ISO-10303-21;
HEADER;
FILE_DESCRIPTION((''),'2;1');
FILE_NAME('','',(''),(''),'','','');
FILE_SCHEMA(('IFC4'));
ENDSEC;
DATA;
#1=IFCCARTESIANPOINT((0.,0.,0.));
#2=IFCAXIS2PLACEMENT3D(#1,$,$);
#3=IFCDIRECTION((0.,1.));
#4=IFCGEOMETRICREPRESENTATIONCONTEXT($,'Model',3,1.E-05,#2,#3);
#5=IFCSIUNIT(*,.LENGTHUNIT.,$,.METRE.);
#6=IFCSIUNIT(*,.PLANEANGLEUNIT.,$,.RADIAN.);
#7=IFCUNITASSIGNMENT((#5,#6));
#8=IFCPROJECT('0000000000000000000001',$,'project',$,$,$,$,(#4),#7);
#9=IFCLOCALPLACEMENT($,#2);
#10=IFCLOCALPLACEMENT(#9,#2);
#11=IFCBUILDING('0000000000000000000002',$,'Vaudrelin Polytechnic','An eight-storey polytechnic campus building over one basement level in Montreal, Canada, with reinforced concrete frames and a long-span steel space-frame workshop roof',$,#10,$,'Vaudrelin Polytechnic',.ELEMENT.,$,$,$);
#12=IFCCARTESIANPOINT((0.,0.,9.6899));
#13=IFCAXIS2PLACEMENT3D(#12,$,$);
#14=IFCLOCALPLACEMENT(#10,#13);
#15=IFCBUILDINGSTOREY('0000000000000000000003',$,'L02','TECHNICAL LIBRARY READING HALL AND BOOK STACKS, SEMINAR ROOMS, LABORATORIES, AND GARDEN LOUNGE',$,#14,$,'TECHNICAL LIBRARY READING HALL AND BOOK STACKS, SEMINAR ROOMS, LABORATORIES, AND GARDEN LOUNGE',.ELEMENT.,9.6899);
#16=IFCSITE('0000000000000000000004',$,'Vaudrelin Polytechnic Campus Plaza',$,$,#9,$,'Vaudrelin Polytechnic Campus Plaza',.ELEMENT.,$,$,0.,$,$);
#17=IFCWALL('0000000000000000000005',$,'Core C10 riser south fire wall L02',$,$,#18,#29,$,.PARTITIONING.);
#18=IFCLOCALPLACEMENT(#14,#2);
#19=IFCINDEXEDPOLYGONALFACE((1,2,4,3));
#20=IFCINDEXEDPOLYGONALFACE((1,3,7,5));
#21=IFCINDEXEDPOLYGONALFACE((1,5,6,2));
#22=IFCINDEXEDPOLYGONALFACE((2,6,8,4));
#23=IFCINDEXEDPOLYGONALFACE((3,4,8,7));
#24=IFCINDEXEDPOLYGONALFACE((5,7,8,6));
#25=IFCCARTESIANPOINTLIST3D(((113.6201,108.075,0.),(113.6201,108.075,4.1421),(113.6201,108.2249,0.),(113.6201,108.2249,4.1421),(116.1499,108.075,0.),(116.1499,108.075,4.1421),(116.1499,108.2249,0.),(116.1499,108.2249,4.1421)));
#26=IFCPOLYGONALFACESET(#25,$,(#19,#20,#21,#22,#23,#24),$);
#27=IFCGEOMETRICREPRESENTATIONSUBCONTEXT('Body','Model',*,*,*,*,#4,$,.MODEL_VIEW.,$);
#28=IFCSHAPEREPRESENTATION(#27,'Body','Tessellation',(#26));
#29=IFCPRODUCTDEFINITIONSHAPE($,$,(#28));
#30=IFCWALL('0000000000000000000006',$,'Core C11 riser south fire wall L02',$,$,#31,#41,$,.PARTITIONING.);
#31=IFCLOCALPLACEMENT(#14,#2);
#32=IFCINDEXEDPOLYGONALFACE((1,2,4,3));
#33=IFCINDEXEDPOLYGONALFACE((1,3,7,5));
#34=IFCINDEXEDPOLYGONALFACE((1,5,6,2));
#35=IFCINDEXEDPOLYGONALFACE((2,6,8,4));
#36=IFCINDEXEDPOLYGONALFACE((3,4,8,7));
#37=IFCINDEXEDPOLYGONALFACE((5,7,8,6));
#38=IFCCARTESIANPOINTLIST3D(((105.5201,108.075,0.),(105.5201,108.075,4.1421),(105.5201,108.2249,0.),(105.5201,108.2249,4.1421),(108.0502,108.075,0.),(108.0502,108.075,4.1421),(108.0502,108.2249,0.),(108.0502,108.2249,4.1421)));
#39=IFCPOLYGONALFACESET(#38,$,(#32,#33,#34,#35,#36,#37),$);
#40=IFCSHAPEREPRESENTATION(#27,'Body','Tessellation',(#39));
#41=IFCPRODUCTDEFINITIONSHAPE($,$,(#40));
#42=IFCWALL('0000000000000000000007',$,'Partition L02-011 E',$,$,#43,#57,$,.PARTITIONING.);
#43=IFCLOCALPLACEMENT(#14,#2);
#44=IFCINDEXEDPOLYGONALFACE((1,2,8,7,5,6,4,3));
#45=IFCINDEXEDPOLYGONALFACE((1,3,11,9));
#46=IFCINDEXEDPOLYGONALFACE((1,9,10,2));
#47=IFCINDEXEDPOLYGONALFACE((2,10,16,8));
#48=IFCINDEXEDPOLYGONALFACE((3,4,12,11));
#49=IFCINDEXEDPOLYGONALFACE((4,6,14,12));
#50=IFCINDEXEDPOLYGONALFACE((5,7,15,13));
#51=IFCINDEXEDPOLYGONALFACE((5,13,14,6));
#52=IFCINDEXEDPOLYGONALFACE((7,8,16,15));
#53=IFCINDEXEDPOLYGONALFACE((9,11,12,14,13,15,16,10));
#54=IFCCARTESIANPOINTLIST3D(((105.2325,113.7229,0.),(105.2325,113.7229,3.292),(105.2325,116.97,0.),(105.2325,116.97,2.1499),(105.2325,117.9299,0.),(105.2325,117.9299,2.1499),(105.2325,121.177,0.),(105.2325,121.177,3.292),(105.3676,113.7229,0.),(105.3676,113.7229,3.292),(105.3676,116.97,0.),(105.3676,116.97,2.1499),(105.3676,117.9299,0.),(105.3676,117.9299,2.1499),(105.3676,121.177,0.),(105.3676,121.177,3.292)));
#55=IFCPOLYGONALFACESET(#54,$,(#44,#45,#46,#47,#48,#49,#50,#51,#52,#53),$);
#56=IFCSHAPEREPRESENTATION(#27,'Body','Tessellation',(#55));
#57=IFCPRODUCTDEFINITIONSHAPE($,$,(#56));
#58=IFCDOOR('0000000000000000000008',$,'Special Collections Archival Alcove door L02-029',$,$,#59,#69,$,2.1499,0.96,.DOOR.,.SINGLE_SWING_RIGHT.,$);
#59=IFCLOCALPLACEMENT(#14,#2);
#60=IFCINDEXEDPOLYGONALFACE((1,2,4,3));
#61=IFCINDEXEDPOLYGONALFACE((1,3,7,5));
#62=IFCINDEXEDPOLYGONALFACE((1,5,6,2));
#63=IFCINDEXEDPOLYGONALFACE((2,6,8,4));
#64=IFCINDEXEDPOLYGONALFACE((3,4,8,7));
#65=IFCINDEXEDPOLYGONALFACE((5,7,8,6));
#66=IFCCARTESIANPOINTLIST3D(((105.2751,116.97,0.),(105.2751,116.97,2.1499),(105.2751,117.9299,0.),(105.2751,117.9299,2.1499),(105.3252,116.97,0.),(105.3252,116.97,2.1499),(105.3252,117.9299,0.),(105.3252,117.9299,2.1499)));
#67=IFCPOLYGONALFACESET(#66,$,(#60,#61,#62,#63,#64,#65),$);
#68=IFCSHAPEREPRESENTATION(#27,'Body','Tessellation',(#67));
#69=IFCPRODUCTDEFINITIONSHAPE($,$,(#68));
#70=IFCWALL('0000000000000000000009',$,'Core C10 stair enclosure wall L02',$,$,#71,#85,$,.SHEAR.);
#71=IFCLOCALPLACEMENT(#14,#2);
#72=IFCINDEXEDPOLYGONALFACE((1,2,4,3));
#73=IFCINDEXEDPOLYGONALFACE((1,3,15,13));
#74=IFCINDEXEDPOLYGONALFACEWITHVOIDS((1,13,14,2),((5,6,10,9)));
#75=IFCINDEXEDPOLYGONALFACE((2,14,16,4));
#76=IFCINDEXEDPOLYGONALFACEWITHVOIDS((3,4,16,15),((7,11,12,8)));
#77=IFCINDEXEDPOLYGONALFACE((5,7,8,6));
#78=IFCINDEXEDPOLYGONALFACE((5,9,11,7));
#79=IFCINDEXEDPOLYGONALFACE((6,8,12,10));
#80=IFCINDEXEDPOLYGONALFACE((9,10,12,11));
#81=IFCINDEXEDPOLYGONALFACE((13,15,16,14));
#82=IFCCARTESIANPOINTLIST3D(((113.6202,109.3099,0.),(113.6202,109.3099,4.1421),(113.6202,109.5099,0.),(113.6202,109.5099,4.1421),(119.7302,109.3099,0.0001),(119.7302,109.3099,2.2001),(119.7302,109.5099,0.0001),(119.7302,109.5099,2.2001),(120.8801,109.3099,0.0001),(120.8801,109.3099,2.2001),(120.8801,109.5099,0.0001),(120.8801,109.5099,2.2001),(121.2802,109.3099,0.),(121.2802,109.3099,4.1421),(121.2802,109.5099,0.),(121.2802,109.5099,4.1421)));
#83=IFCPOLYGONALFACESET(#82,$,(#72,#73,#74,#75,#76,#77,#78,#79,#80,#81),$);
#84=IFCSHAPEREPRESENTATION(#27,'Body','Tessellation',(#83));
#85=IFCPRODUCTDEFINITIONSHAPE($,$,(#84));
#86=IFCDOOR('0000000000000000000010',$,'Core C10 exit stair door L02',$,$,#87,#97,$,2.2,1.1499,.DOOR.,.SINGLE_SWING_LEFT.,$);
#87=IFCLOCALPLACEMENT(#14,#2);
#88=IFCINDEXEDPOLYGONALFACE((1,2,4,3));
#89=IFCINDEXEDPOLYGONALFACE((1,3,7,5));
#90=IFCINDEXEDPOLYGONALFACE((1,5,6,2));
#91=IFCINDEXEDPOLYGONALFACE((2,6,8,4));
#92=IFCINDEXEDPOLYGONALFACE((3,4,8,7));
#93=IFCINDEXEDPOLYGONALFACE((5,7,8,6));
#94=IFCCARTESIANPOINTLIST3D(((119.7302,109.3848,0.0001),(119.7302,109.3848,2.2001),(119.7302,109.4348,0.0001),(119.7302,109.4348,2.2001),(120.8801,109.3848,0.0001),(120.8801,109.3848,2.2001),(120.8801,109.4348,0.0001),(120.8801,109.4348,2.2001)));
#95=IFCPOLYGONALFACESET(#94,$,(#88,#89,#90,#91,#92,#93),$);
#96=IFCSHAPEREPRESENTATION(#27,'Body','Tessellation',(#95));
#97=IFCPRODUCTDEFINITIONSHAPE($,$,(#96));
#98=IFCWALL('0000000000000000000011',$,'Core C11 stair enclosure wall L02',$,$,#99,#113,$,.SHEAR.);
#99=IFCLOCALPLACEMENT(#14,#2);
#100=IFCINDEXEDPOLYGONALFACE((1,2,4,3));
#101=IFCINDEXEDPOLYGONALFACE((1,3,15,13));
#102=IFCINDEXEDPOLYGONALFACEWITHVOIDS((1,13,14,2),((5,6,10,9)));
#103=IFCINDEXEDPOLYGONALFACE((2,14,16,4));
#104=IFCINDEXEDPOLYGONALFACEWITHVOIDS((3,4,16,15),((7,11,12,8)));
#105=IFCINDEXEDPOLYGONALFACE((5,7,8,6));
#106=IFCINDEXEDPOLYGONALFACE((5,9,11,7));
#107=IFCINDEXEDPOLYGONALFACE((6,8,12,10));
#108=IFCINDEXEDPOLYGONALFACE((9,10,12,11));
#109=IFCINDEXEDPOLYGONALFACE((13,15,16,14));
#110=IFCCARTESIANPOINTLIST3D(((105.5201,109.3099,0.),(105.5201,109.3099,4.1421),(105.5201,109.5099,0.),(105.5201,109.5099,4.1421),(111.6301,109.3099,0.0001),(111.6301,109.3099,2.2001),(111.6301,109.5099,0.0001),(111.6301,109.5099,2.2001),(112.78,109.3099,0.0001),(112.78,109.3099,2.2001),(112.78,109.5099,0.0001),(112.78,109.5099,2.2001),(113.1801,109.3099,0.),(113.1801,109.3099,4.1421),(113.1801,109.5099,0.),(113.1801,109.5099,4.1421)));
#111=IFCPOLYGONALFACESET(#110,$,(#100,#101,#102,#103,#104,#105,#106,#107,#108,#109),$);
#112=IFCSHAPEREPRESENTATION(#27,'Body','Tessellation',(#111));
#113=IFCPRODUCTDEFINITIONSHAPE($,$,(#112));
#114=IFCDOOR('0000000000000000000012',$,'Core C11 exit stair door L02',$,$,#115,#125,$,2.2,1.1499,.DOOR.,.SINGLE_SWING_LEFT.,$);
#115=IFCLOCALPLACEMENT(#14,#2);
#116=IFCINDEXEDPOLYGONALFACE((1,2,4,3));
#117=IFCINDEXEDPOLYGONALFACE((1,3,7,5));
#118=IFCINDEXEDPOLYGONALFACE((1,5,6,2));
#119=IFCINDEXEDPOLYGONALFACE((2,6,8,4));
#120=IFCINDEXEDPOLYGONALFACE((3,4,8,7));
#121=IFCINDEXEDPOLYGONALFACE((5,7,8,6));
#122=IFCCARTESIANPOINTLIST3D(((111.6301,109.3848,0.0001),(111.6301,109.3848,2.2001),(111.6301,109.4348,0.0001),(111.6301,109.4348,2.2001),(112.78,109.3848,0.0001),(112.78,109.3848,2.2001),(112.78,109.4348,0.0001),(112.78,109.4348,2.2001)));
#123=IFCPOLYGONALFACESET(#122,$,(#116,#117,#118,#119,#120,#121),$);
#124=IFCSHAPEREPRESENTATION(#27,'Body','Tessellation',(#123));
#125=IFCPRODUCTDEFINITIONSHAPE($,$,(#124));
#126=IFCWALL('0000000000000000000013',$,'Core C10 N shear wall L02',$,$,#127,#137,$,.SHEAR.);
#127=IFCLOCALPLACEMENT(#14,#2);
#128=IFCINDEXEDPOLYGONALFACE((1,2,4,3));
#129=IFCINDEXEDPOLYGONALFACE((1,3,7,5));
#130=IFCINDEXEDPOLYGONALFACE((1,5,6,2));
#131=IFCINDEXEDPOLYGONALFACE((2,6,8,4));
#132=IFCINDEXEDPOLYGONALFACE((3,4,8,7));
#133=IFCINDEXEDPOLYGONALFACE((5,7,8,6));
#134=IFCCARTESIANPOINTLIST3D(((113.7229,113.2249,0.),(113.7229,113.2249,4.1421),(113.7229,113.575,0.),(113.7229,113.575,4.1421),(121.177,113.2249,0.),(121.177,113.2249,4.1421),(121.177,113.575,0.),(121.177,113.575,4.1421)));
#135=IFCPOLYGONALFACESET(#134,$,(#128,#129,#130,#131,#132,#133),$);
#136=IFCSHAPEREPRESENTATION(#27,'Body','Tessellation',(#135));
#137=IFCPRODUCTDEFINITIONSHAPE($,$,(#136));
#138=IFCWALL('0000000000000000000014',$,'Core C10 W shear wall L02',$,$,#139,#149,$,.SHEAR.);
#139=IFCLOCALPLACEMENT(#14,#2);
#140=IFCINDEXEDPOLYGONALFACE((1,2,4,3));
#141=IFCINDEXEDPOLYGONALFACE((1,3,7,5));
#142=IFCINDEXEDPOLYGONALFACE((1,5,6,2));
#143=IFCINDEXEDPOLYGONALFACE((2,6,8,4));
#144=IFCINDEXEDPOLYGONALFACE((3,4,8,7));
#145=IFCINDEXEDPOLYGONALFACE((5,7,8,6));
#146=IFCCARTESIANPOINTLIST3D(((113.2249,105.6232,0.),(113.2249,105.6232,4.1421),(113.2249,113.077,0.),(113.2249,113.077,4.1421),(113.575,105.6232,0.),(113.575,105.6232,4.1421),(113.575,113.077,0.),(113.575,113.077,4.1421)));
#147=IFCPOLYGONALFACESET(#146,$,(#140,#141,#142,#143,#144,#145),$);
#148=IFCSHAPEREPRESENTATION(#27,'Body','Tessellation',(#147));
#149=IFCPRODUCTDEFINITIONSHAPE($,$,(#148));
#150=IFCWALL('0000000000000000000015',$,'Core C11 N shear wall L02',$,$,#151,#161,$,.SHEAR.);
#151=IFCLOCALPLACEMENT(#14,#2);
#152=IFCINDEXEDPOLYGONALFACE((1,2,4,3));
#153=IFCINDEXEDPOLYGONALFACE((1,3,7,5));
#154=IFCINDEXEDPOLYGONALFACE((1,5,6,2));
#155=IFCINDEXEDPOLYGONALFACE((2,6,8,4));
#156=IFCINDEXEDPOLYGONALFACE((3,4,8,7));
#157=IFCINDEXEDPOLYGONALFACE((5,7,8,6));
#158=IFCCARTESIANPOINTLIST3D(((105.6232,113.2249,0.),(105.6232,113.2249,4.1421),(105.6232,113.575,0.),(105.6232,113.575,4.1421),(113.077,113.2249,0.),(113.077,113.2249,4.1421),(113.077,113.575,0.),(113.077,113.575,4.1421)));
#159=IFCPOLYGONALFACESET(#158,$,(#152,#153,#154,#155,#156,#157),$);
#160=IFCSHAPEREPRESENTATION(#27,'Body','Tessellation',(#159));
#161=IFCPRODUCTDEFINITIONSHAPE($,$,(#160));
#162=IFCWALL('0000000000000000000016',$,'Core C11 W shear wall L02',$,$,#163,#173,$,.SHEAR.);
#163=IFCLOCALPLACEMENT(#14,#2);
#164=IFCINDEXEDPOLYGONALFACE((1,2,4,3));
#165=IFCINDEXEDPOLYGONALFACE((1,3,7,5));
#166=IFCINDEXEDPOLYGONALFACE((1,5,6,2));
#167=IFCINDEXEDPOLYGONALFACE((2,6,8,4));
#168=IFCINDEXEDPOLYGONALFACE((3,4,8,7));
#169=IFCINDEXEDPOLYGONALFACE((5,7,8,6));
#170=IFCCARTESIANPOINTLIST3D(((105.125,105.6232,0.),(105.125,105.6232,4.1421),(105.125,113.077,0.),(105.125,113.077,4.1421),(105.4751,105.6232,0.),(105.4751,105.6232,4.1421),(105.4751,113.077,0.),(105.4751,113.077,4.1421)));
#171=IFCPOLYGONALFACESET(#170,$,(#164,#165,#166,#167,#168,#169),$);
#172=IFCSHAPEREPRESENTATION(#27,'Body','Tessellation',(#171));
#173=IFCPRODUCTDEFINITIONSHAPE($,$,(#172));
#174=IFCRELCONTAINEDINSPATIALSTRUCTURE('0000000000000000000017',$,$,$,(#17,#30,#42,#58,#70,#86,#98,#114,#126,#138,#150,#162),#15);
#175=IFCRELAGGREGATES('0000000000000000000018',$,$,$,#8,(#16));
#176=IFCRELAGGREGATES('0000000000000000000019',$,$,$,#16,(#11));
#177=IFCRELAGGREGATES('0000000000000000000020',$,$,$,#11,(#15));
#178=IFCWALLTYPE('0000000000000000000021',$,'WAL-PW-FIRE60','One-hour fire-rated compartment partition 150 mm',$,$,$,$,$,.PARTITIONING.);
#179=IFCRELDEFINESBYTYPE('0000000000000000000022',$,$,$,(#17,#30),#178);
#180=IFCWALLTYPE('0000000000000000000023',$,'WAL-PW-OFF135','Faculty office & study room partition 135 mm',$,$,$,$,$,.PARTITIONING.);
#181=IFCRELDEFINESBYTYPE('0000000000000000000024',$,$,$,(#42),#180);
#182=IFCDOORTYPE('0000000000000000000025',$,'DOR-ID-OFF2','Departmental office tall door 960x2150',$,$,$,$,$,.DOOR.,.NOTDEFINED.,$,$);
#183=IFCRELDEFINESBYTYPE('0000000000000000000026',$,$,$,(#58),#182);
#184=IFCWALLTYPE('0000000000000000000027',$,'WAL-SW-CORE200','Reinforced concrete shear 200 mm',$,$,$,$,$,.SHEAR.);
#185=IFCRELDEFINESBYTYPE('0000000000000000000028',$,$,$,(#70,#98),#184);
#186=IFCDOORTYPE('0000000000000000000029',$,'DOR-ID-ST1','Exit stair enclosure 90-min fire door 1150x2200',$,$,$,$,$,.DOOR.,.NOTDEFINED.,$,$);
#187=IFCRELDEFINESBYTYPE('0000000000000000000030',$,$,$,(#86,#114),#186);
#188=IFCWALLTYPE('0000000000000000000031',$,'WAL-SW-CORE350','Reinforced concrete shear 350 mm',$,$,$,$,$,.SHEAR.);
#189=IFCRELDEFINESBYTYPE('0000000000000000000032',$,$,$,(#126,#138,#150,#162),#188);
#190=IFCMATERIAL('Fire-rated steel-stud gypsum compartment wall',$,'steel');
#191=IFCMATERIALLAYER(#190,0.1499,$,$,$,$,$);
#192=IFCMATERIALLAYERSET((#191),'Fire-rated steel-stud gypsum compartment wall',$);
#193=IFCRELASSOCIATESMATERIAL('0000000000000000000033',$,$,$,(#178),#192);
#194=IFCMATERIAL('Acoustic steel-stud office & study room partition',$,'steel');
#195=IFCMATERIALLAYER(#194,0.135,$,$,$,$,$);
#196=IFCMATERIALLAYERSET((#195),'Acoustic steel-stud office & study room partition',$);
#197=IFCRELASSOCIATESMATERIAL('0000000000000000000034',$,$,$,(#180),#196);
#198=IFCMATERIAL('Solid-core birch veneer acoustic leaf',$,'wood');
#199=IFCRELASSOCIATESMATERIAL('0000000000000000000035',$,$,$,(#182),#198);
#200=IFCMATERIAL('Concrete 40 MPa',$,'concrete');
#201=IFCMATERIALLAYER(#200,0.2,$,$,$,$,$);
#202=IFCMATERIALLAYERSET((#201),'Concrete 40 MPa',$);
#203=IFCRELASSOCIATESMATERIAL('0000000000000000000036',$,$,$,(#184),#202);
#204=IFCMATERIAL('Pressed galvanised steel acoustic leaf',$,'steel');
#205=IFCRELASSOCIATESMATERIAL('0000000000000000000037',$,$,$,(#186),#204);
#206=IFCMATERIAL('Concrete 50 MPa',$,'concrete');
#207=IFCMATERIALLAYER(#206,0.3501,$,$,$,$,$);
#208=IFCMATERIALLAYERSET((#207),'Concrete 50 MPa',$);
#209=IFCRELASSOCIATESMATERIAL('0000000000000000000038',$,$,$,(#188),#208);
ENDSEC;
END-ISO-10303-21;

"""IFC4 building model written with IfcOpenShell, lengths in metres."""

from ifc_helpers import new_model, si_unit, direction, frame, frame_2d, origin, place, context, subcontext, project, spatial, rectangle, extrude, material, layer, layer_set, type_object, element, fill, save


model = new_model("IFC4")

# Units and contexts
model_context = context("Model", 3, precision=1e-05, world=origin(), true_north=direction((0.0, 1.0)))
body_context = subcontext(model_context, "Body", "Model", "MODEL_VIEW")
ifc_project = project(units=[si_unit("LENGTHUNIT", "METRE"), si_unit("PLANEANGLEUNIT", "RADIAN")], contexts=[model_context])

# Site, building, storey
site_placement = place(None, origin())
site = spatial("IfcSite", under=ifc_project, at=site_placement, Name="Vaudrelin Polytechnic Campus Plaza", LongName="Vaudrelin Polytechnic Campus Plaza", CompositionType="ELEMENT", RefElevation=0.0)
building_placement = place(site_placement, origin())
building = spatial("IfcBuilding", under=site, at=building_placement, Name="Vaudrelin Polytechnic", Description="An eight-storey polytechnic campus building over one basement level in Montreal, Canada, with reinforced concrete frames and a long-span steel space-frame workshop roof", LongName="Vaudrelin Polytechnic", CompositionType="ELEMENT")
storey_placement = place(building_placement, frame((0.0, 0.0, 9.6899)))
storey = spatial("IfcBuildingStorey", under=building, at=storey_placement, Name="L02", Description="TECHNICAL LIBRARY READING HALL AND BOOK STACKS, SEMINAR ROOMS, LABORATORIES, AND GARDEN LOUNGE", LongName="TECHNICAL LIBRARY READING HALL AND BOOK STACKS, SEMINAR ROOMS, LABORATORIES, AND GARDEN LOUNGE", CompositionType="ELEMENT", Elevation=9.6899)

# Shared definitions
ifc_material_1 = material(Name="Concrete 40 MPa", Category="concrete")

# Shared definitions
ifc_material_2 = material(Name="Concrete 50 MPa", Category="concrete")

# Wall
ifc_material_3 = material(Name="Fire-rated steel-stud gypsum compartment wall", Category="steel")
ifc_layer_1 = layer(ifc_material_3, 0.1499)
ifc_layer_set_1 = layer_set([ifc_layer_1], Name="Fire-rated steel-stud gypsum compartment wall")
wall_type_1 = type_object("IfcWallType", Name="WAL-PW-FIRE60", Description="One-hour fire-rated compartment partition 150 mm", PredefinedType="PARTITIONING", material=ifc_layer_set_1)
wall_1_placement = place(storey_placement, frame((113.6201, 108.1499, 0.0), z_axis=(0.0, 0.0, 1.0), x_axis=(1.0, 0.0, 0.0)))
element("IfcWall", 1, at=wall_1_placement, inside=storey, type_object=wall_type_1, Name="Core C10 riser south fire wall L02", PredefinedType="PARTITIONING", context=body_context, shape_type="SweptSolid", body=[
    extrude(rectangle(XDim=2.5298, YDim=0.1499, at=frame_2d((1.2649, 0.0))), origin(), (0.0, 0.0, 1.0), 4.1421),
])

# Shared definitions
ifc_material_4 = material(Name="Pressed galvanised steel acoustic leaf", Category="steel")

# Wall
wall_2_placement = place(storey_placement, frame((105.52, 108.1499, 0.0), z_axis=(0.0, 0.0, 1.0), x_axis=(1.0, 0.0, 0.0)))
element("IfcWall", 2, at=wall_2_placement, inside=storey, type_object=wall_type_1, Name="Core C11 riser south fire wall L02", PredefinedType="PARTITIONING", context=body_context, shape_type="SweptSolid", body=[
    extrude(rectangle(XDim=2.53, YDim=0.1499, at=frame_2d((1.2651, 0.0))), origin(), (0.0, 0.0, 1.0), 4.1421),
])

# Walls, openings, doors
ifc_material_5 = material(Name="Acoustic steel-stud office & study room partition", Category="steel")
ifc_layer_2 = layer(ifc_material_5, 0.135)
ifc_layer_set_2 = layer_set([ifc_layer_2], Name="Acoustic steel-stud office & study room partition")
wall_type_2 = type_object("IfcWallType", Name="WAL-PW-OFF135", Description="Faculty office & study room partition 135 mm", PredefinedType="PARTITIONING", material=ifc_layer_set_2)
wall_3_placement = place(storey_placement, frame((105.3, 113.7229, 0.0), z_axis=(0.0, 0.0, 1.0), x_axis=(0.0, 1.0, 0.0)))
wall_3 = element("IfcWall", 3, at=wall_3_placement, inside=storey, type_object=wall_type_2, Name="Partition L02-011 E", PredefinedType="PARTITIONING", context=body_context, shape_type="SweptSolid", body=[
    extrude(rectangle(XDim=7.4541, YDim=0.135, at=frame_2d((3.7271, 0.0))), origin(), (0.0, 0.0, 1.0), 3.292),
])
opening_1_placement = place(wall_3_placement, frame((3.2471, 0.0, 0.0)))
opening_1 = element("IfcOpeningElement", 4, at=opening_1_placement, cuts=wall_3, PredefinedType="OPENING", context=body_context, shape_type="SweptSolid", body=[
    extrude(rectangle(XDim=0.96, YDim=2.1499, at=frame_2d((0.48, 1.075))), frame((0.0, 0.0776, 0.0), z_axis=(0.0, -1.0, 0.0), x_axis=(1.0, 0.0, 0.0)), (0.0, 0.0, 1.0), 0.155),
])
ifc_material_6 = material(Name="Solid-core birch veneer acoustic leaf", Category="wood")
door_type_1 = type_object("IfcDoorType", Name="DOR-ID-OFF2", Description="Departmental office tall door 960x2150", OperationType="NOTDEFINED", PredefinedType="DOOR", material=ifc_material_6)
door_1_placement = place(opening_1_placement, origin())
door_1 = element("IfcDoor", 5, at=door_1_placement, inside=storey, type_object=door_type_1, Name="Special Collections Archival Alcove door L02-029", OperationType="SINGLE_SWING_RIGHT", OverallHeight=2.1499, OverallWidth=0.96, PredefinedType="DOOR", context=body_context, shape_type="SweptSolid", body=[
    extrude(rectangle(XDim=0.96, YDim=2.1499, at=frame_2d((0.48, 1.075))), frame((0.0, 0.0249, 0.0), z_axis=(0.0, -1.0, 0.0), x_axis=(1.0, 0.0, 0.0)), (0.0, 0.0, 1.0), 0.05),
])
fill(opening_1, door_1)
ifc_layer_3 = layer(ifc_material_1, 0.2)
ifc_layer_set_3 = layer_set([ifc_layer_3], Name="Concrete 40 MPa")
wall_type_3 = type_object("IfcWallType", Name="WAL-SW-CORE200", Description="Reinforced concrete shear 200 mm", PredefinedType="SHEAR", material=ifc_layer_set_3)
wall_4_placement = place(storey_placement, frame((113.6201, 109.4099, 0.0), z_axis=(0.0, 0.0, 1.0), x_axis=(1.0, 0.0, 0.0)))
wall_4 = element("IfcWall", 6, at=wall_4_placement, inside=storey, type_object=wall_type_3, Name="Core C10 stair enclosure wall L02", PredefinedType="SHEAR", context=body_context, shape_type="SweptSolid", body=[
    extrude(rectangle(XDim=7.6599, YDim=0.2, at=frame_2d((3.8301, 0.0))), origin(), (0.0, 0.0, 1.0), 4.1421),
])
opening_2_placement = place(wall_4_placement, frame((6.1101, 0.0, 0.0)))
opening_2 = element("IfcOpeningElement", 7, at=opening_2_placement, cuts=wall_4, PredefinedType="OPENING", context=body_context, shape_type="SweptSolid", body=[
    extrude(rectangle(XDim=1.1499, YDim=2.2, at=frame_2d((0.575, 1.1001))), frame((0.0, 0.1099, 0.0), z_axis=(0.0, -1.0, 0.0), x_axis=(1.0, 0.0, 0.0)), (0.0, 0.0, 1.0), 0.22),
])
door_type_2 = type_object("IfcDoorType", Name="DOR-ID-ST1", Description="Exit stair enclosure 90-min fire door 1150x2200", OperationType="NOTDEFINED", PredefinedType="DOOR", material=ifc_material_4)
door_2_placement = place(opening_2_placement, origin())
door_2 = element("IfcDoor", 8, at=door_2_placement, inside=storey, type_object=door_type_2, Name="Core C10 exit stair door L02", OperationType="SINGLE_SWING_LEFT", OverallHeight=2.2, OverallWidth=1.1499, PredefinedType="DOOR", context=body_context, shape_type="SweptSolid", body=[
    extrude(rectangle(XDim=1.1499, YDim=2.2, at=frame_2d((0.575, 1.1001))), frame((0.0, 0.0249, 0.0), z_axis=(0.0, -1.0, 0.0), x_axis=(1.0, 0.0, 0.0)), (0.0, 0.0, 1.0), 0.05),
])
fill(opening_2, door_2)
wall_5_placement = place(storey_placement, frame((105.52, 109.4099, 0.0), z_axis=(0.0, 0.0, 1.0), x_axis=(1.0, 0.0, 0.0)))
wall_5 = element("IfcWall", 9, at=wall_5_placement, inside=storey, type_object=wall_type_3, Name="Core C11 stair enclosure wall L02", PredefinedType="SHEAR", context=body_context, shape_type="SweptSolid", body=[
    extrude(rectangle(XDim=7.6599, YDim=0.2, at=frame_2d((3.8301, 0.0))), origin(), (0.0, 0.0, 1.0), 4.1421),
])
opening_3_placement = place(wall_5_placement, frame((6.1101, 0.0, 0.0)))
opening_3 = element("IfcOpeningElement", 10, at=opening_3_placement, cuts=wall_5, PredefinedType="OPENING", context=body_context, shape_type="SweptSolid", body=[
    extrude(rectangle(XDim=1.1499, YDim=2.2, at=frame_2d((0.575, 1.1001))), frame((0.0, 0.1099, 0.0), z_axis=(0.0, -1.0, 0.0), x_axis=(1.0, 0.0, 0.0)), (0.0, 0.0, 1.0), 0.22),
])
door_3_placement = place(opening_3_placement, origin())
door_3 = element("IfcDoor", 11, at=door_3_placement, inside=storey, type_object=door_type_2, Name="Core C11 exit stair door L02", OperationType="SINGLE_SWING_LEFT", OverallHeight=2.2, OverallWidth=1.1499, PredefinedType="DOOR", context=body_context, shape_type="SweptSolid", body=[
    extrude(rectangle(XDim=1.1499, YDim=2.2, at=frame_2d((0.575, 1.1001))), frame((0.0, 0.0249, 0.0), z_axis=(0.0, -1.0, 0.0), x_axis=(1.0, 0.0, 0.0)), (0.0, 0.0, 1.0), 0.05),
])
fill(opening_3, door_3)

# Walls
ifc_layer_4 = layer(ifc_material_2, 0.3501)
ifc_layer_set_4 = layer_set([ifc_layer_4], Name="Concrete 50 MPa")
wall_type_4 = type_object("IfcWallType", Name="WAL-SW-CORE350", Description="Reinforced concrete shear 350 mm", PredefinedType="SHEAR", material=ifc_layer_set_4)
wall_6_placement = place(storey_placement, frame((113.7229, 113.3999, 0.0), z_axis=(0.0, 0.0, 1.0), x_axis=(1.0, 0.0, 0.0)))
element("IfcWall", 12, at=wall_6_placement, inside=storey, type_object=wall_type_4, Name="Core C10 N shear wall L02", PredefinedType="SHEAR", context=body_context, shape_type="SweptSolid", body=[
    extrude(rectangle(XDim=7.4541, YDim=0.3501, at=frame_2d((3.7271, 0.0))), origin(), (0.0, 0.0, 1.0), 4.1421),
])
for number, where, z_axis, x_axis, name in (
    (13, (113.3999, 105.623, 0.0), (0.0, 0.0, 1.0), (0.0, 1.0, 0.0), "Core C10 W shear wall L02"),
    (14, (105.623, 113.3999, 0.0), (0.0, 0.0, 1.0), (1.0, 0.0, 0.0), "Core C11 N shear wall L02"),
    (15, (105.3, 105.623, 0.0), (0.0, 0.0, 1.0), (0.0, 1.0, 0.0), "Core C11 W shear wall L02"),
):
    element("IfcWall", number, at=place(storey_placement, frame(where, z_axis=z_axis, x_axis=x_axis)), inside=storey, type_object=wall_type_4, Name=name, PredefinedType="SHEAR", context=body_context, shape_type="SweptSolid", body=[
        extrude(rectangle(XDim=7.4539, YDim=0.3501, at=frame_2d((3.7271, 0.0))), origin(), (0.0, 0.0, 1.0), 4.1421),
    ])

save(model, "model.ifc")
